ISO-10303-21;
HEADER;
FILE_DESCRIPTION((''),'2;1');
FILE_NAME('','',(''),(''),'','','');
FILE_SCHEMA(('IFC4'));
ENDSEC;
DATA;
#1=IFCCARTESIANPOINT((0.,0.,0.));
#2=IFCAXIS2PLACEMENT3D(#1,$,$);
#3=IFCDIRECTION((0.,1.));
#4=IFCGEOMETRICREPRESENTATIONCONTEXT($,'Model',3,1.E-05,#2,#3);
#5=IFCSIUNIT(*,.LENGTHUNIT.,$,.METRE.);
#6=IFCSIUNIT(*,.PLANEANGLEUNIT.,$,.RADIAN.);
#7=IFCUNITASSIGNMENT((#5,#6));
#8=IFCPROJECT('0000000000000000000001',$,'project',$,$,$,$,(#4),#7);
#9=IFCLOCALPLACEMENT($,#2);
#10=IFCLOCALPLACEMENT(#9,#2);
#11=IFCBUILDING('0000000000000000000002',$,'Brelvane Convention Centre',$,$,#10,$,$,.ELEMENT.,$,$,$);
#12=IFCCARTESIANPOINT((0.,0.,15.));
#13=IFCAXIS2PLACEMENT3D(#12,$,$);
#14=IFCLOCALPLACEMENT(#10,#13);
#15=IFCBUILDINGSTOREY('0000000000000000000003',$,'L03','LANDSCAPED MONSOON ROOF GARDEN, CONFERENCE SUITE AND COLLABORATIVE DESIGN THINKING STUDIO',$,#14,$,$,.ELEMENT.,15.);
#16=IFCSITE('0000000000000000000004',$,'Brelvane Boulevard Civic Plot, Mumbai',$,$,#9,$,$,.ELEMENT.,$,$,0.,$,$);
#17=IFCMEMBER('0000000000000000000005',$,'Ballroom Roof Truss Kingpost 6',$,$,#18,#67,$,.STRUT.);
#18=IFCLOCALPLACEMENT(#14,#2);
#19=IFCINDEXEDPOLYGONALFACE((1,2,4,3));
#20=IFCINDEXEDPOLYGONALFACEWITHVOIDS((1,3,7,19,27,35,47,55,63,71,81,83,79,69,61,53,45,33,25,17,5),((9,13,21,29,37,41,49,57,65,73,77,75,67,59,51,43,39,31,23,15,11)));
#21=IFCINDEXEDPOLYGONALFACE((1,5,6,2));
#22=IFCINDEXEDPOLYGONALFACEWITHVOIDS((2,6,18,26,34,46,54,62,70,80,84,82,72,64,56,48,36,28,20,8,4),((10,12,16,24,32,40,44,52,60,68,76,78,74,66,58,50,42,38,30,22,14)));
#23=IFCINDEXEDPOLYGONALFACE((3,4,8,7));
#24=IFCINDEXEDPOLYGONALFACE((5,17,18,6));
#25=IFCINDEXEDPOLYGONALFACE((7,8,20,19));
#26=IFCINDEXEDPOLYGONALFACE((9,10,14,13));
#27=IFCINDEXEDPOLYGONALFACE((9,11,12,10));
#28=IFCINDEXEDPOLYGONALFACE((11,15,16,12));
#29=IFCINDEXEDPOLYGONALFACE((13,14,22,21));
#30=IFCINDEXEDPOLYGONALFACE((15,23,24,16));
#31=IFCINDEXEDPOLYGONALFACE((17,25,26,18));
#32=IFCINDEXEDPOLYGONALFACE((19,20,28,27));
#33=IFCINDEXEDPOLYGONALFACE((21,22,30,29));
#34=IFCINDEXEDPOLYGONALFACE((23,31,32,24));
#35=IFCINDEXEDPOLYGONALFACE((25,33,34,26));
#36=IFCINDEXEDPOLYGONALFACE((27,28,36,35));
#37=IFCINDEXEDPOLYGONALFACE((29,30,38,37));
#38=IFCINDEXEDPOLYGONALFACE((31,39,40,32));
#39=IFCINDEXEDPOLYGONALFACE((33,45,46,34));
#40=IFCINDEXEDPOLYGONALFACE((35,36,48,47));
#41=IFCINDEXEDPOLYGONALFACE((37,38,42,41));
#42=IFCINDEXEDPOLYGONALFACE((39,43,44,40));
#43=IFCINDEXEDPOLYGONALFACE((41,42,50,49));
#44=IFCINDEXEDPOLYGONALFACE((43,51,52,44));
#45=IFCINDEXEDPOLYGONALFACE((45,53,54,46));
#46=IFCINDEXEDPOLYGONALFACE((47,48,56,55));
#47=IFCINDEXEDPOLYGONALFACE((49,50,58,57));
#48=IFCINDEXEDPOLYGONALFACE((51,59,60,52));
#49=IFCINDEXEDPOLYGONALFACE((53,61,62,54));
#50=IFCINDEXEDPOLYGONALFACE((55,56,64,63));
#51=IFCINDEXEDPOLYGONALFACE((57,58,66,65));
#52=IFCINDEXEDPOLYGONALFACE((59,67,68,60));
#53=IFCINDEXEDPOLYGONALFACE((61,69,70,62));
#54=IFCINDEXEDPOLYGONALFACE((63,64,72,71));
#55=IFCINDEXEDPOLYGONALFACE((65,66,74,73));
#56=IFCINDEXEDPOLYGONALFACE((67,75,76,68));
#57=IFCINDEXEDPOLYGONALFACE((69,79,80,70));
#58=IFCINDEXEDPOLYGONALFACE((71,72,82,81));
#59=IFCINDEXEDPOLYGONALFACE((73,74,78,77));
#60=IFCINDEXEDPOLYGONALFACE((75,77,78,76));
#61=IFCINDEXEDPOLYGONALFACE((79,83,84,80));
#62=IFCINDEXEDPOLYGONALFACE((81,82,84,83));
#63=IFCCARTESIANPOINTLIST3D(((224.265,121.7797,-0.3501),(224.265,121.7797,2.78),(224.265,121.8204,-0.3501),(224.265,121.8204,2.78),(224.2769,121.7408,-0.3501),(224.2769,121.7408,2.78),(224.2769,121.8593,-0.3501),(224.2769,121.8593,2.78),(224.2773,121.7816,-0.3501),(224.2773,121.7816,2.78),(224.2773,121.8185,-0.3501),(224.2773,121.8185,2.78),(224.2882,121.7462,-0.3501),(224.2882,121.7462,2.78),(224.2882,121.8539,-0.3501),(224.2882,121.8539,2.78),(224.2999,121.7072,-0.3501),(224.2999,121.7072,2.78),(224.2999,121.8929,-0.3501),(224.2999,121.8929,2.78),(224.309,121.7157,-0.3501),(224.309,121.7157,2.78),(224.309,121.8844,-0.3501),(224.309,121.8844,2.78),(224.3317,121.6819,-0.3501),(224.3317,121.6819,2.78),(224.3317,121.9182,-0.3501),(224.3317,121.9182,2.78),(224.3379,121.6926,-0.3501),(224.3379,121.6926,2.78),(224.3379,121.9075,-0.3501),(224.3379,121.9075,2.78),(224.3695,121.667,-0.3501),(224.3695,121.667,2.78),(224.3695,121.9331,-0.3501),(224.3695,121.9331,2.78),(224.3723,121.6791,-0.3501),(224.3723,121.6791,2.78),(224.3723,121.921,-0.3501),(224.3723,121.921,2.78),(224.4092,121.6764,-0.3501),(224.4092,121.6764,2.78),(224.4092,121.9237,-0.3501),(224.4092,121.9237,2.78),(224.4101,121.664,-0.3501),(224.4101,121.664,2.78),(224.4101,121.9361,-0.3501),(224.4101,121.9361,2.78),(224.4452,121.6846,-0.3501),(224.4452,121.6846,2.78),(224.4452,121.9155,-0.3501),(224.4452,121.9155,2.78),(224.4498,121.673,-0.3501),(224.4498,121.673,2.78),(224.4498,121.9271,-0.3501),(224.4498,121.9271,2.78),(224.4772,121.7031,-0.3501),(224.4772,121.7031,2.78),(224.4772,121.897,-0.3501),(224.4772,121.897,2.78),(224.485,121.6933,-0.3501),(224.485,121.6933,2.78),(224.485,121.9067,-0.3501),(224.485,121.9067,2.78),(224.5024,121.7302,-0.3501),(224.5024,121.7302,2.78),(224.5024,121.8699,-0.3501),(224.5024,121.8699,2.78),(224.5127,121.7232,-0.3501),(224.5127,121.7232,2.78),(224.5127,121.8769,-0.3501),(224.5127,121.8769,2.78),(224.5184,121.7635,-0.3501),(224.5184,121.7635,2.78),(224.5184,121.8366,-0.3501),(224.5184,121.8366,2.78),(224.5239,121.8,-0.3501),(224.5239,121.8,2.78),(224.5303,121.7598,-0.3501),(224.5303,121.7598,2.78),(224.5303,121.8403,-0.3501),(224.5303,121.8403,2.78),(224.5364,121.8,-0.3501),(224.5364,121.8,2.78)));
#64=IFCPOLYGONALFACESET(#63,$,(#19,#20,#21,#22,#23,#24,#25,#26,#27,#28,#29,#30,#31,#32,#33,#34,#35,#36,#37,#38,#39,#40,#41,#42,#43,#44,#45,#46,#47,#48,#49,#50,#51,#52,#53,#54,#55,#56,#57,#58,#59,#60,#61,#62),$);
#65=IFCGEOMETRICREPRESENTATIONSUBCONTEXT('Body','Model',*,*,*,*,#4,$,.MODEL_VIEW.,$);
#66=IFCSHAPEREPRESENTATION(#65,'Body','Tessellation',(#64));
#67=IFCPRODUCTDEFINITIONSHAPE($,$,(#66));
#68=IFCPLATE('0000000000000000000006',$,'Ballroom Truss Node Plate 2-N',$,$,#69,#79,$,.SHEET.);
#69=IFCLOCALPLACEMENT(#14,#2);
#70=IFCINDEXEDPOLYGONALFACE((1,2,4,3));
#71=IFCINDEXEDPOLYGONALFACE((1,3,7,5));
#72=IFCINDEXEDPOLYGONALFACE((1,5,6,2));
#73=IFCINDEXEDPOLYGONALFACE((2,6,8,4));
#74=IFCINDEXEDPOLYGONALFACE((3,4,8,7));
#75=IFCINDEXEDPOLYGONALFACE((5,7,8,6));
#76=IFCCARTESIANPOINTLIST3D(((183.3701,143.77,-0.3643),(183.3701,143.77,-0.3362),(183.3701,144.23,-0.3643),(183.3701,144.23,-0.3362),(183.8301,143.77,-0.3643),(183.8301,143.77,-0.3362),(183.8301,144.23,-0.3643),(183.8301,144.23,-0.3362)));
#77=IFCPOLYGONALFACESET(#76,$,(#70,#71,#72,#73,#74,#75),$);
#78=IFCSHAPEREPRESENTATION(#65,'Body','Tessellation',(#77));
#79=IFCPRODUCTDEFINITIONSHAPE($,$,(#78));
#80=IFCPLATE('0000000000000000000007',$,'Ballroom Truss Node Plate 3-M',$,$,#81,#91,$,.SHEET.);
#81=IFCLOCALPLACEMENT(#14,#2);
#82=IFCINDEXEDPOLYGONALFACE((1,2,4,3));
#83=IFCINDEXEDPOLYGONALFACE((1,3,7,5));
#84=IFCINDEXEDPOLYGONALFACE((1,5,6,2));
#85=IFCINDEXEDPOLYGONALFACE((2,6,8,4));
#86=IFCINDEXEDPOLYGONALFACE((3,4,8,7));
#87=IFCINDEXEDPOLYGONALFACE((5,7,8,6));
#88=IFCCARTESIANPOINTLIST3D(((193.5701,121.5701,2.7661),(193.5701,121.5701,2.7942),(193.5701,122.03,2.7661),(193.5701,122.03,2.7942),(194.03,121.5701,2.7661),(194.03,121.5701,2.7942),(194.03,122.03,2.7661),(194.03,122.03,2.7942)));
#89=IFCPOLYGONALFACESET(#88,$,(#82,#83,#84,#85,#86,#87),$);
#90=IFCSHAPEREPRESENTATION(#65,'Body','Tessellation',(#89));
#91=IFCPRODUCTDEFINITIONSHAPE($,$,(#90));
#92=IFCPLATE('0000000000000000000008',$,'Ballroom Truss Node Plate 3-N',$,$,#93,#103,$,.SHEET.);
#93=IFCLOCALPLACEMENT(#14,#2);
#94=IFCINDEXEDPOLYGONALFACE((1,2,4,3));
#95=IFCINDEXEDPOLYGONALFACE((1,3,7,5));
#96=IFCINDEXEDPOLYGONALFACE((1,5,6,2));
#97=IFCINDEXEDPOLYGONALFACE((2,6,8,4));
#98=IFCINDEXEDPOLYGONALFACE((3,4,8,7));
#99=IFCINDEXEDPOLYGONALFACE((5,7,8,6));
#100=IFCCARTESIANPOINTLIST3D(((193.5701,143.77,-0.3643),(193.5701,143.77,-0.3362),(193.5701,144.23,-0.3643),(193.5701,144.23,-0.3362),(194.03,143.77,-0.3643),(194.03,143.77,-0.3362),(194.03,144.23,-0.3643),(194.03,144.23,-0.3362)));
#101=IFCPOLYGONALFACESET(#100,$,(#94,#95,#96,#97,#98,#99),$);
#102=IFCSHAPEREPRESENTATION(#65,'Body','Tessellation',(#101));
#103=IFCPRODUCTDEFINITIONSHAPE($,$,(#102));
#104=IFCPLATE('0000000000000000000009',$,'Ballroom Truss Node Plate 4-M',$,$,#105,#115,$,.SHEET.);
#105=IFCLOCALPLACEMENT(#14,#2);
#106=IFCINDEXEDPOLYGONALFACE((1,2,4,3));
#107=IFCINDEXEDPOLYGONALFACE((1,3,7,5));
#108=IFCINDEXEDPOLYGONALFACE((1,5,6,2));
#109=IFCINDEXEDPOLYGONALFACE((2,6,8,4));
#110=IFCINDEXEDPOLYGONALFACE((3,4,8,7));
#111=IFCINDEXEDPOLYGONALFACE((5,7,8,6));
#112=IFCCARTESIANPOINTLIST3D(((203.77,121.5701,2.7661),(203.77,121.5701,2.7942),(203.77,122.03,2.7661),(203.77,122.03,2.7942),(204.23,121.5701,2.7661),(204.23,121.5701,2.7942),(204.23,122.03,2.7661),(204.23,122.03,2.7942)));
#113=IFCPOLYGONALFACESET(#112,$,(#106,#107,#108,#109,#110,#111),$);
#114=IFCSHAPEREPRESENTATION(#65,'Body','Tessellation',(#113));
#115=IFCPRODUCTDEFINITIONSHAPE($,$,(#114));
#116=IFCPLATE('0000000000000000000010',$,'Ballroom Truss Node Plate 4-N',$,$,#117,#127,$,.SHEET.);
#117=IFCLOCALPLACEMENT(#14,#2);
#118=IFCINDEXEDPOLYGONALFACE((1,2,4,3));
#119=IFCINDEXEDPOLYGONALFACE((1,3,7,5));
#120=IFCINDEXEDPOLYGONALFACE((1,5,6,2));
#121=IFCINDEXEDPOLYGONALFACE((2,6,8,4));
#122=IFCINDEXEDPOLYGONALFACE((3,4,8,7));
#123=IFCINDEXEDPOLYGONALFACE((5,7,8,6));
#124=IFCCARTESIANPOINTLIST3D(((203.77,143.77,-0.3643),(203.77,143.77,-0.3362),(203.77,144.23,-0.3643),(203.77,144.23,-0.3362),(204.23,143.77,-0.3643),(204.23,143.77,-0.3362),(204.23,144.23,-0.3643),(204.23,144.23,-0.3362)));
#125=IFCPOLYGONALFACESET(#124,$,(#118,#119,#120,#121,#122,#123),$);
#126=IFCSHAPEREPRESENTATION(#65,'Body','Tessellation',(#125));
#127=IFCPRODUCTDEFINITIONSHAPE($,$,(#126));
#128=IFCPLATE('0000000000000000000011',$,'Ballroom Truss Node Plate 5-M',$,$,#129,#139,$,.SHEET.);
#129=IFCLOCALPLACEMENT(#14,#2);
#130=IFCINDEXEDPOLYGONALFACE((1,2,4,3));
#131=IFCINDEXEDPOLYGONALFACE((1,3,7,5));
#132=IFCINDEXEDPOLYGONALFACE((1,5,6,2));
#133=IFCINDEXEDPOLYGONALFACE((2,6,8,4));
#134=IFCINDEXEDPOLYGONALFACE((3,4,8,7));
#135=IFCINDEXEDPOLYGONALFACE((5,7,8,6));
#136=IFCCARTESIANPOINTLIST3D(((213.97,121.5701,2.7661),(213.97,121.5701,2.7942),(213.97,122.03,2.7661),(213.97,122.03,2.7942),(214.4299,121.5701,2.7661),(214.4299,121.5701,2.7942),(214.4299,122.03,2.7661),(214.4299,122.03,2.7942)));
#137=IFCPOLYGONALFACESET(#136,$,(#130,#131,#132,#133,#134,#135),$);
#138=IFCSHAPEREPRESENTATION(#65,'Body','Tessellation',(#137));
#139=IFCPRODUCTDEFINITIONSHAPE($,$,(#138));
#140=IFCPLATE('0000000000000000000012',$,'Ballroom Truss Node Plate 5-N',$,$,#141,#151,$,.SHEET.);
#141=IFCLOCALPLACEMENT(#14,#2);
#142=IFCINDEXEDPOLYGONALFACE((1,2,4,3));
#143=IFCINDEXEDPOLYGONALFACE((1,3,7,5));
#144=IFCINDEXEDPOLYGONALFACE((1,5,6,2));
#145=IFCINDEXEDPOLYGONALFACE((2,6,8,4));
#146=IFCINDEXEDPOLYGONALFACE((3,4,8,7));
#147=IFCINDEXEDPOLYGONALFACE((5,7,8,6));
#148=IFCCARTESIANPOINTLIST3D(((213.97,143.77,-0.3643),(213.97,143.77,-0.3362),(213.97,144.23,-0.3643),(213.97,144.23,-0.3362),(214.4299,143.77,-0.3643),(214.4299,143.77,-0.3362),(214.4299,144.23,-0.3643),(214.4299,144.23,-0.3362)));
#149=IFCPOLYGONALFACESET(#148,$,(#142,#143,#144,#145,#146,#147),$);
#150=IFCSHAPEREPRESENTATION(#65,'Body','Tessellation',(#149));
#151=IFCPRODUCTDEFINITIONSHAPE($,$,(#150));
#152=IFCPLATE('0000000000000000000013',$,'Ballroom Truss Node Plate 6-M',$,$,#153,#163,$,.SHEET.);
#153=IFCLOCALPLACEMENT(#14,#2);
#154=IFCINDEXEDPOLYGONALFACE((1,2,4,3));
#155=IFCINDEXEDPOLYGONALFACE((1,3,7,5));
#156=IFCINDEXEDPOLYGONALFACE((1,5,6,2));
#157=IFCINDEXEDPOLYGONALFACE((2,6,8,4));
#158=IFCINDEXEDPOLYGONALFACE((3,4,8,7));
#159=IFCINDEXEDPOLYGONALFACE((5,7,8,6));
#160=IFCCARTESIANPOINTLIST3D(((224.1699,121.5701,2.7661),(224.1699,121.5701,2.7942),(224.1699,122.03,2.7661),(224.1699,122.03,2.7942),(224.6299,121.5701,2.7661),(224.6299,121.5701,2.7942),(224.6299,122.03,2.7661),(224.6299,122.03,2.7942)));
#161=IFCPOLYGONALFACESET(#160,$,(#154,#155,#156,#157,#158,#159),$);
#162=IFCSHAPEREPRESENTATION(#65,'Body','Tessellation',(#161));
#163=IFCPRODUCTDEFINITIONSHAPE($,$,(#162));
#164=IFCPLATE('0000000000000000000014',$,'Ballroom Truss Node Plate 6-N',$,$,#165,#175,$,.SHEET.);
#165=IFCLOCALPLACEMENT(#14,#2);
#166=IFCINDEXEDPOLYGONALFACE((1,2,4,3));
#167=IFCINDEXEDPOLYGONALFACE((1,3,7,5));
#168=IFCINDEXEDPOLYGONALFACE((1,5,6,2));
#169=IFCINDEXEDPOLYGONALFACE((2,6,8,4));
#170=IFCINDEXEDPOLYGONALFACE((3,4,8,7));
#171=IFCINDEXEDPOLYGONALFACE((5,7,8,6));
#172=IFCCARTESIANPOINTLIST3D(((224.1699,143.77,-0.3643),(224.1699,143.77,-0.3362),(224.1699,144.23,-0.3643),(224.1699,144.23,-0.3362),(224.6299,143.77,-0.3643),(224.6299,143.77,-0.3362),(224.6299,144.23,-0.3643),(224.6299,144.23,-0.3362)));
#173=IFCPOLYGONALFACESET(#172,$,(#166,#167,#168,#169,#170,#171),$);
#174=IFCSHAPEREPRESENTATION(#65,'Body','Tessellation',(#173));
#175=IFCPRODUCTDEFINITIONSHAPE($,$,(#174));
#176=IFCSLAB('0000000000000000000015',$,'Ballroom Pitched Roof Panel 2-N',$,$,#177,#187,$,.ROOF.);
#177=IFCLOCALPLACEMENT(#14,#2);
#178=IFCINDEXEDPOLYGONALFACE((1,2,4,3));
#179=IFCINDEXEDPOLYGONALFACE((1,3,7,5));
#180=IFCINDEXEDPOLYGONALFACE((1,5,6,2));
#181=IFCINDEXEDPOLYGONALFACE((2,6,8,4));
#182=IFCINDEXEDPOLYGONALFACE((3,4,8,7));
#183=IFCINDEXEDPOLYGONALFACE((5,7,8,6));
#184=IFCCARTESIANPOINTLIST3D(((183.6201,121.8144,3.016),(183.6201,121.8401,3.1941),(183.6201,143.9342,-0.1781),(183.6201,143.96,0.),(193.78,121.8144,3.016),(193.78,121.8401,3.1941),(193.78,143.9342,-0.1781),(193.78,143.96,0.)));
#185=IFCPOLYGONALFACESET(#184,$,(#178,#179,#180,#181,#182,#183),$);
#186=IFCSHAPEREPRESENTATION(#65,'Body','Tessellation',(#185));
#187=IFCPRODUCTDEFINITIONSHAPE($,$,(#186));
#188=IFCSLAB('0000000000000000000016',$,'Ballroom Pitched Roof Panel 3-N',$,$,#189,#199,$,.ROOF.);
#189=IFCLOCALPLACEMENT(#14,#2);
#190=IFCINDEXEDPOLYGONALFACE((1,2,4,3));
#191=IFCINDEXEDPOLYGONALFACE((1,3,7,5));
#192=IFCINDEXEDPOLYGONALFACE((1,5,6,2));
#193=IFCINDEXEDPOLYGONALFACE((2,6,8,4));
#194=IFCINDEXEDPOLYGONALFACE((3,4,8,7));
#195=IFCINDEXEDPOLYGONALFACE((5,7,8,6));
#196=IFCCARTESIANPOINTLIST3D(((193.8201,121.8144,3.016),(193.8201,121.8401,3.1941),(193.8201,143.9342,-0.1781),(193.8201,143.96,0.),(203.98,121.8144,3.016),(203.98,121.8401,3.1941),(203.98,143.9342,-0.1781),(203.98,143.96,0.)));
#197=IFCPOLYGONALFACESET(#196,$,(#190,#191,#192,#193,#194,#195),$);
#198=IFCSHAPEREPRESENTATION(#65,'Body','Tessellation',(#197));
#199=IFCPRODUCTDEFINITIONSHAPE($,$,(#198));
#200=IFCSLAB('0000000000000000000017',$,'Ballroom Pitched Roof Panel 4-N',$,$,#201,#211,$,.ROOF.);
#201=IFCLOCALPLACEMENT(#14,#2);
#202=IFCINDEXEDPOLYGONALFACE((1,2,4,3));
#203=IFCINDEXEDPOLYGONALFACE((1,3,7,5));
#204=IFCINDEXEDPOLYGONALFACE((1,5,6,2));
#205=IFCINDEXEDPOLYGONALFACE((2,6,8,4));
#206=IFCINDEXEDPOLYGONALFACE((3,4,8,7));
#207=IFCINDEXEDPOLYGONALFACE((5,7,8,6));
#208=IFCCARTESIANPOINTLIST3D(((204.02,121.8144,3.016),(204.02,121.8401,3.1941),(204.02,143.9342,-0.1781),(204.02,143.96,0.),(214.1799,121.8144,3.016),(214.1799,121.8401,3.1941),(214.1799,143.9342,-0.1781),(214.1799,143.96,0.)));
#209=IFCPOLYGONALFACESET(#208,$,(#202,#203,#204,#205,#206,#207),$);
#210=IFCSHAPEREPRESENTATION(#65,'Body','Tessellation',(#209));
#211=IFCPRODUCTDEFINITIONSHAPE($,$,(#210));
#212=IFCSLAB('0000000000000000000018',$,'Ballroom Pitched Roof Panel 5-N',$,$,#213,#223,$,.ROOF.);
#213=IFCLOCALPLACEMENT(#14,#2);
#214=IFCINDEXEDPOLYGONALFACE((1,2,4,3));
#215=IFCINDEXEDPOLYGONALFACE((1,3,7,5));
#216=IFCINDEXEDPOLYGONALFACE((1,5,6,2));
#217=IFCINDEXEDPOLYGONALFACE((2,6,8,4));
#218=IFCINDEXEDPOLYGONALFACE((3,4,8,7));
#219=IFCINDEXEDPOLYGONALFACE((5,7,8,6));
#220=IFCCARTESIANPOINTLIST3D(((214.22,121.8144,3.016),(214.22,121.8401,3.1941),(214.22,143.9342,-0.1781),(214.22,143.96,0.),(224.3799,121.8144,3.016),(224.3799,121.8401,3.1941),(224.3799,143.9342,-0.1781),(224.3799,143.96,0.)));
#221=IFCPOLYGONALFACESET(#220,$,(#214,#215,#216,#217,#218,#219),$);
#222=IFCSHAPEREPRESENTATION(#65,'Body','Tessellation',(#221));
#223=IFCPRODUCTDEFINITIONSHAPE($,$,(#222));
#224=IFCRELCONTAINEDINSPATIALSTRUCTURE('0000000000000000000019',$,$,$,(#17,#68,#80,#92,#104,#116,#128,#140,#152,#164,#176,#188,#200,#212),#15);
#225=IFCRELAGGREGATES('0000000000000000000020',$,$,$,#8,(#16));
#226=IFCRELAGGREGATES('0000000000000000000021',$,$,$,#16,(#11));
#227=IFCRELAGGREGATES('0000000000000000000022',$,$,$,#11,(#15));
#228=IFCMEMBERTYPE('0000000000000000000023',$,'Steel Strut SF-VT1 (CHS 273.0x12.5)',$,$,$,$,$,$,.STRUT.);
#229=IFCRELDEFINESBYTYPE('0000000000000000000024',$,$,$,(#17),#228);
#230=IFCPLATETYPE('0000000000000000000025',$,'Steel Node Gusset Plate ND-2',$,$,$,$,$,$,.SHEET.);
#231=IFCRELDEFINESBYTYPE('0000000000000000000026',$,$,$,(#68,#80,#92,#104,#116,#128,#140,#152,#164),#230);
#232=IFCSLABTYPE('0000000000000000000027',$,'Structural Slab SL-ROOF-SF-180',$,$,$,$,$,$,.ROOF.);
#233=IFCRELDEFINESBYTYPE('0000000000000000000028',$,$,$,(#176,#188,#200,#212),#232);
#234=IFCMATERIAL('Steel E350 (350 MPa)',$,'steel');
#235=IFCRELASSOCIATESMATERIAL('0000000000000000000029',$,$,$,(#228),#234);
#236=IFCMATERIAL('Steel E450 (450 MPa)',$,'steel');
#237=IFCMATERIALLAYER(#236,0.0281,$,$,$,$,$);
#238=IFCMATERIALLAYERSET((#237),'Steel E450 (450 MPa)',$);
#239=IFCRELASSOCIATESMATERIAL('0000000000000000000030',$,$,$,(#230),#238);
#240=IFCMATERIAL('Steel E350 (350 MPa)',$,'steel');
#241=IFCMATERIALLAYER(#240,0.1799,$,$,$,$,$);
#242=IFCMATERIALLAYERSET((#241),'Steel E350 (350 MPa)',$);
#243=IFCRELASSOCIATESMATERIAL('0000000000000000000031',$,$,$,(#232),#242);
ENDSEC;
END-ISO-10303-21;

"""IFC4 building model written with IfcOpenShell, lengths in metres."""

from ifc_helpers import new_model, si_unit, direction, frame, origin, origin_2d, place, context, subcontext, project, spatial, polyline, rectangle, hollow_circle, outline, extrude, material, layer, layer_set, material_profile, profile_set, type_object, element, save


model = new_model("IFC4")

# Units and contexts
model_context = context("Model", 3, precision=1e-05, world=origin(), true_north=direction((0.0, 1.0)))
body_context = subcontext(model_context, "Body", "Model", "MODEL_VIEW")
ifc_project = project(units=[si_unit("LENGTHUNIT", "METRE"), si_unit("PLANEANGLEUNIT", "RADIAN")], contexts=[model_context])

# Site, building, storey
site_placement = place(None, origin())
site = spatial("IfcSite", under=ifc_project, at=site_placement, Name="Brelvane Boulevard Civic Plot, Mumbai", CompositionType="ELEMENT", RefElevation=0.0)
building_placement = place(site_placement, origin())
building = spatial("IfcBuilding", under=site, at=building_placement, Name="Brelvane Convention Centre", CompositionType="ELEMENT")
storey_placement = place(building_placement, frame((0.0, 0.0, 15.0)))
storey = spatial("IfcBuildingStorey", under=building, at=storey_placement, Name="L03", Description="LANDSCAPED MONSOON ROOF GARDEN, CONFERENCE SUITE AND COLLABORATIVE DESIGN THINKING STUDIO", CompositionType="ELEMENT", Elevation=15.0)

# Member
ifc_material_1 = material(Name="Steel E350 (350 MPa)", Category="steel")
ifc_material_profile_1 = material_profile(ifc_material_1, hollow_circle(Radius=0.1365, WallThickness=0.0125, at=origin_2d()), Name="CHS 273.0x12.5")
ifc_profile_set_1 = profile_set([ifc_material_profile_1], Name="Steel E350 (350 MPa)")
member_type_1 = type_object("IfcMemberType", Name="Steel Strut SF-VT1 (CHS 273.0x12.5)", PredefinedType="STRUT", material=ifc_profile_set_1)
for number, where, z_axis, x_axis, name in (
    (1, (224.3999, 121.8, -0.3501), (0.0, 0.0, 1.0), (1.0, 0.0, 0.0), "Ballroom Roof Truss Kingpost 6"),
):
    element("IfcMember", number, at=place(storey_placement, frame(where, z_axis=z_axis, x_axis=x_axis)), inside=storey, type_object=member_type_1, Name=name, PredefinedType="STRUT", context=body_context, shape_type="SweptSolid", body=[
        extrude(hollow_circle(Radius=0.1365, WallThickness=0.0125, at=origin_2d()), origin(), (0.0, 0.0, 1.0), 3.1301),
    ])

# Plates
ifc_material_2 = material(Name="Steel E450 (450 MPa)", Category="steel")
ifc_layer_1 = layer(ifc_material_2, 0.0281)
ifc_layer_set_1 = layer_set([ifc_layer_1], Name="Steel E450 (450 MPa)")
plate_type = type_object("IfcPlateType", Name="Steel Node Gusset Plate ND-2", PredefinedType="SHEET", material=ifc_layer_set_1)
for number, where, z_axis, x_axis, name in (
    (2, (183.6001, 144.0, -0.3643), (0.0, 0.0, 1.0), (1.0, 0.0, 0.0), "Ballroom Truss Node Plate 2-N"),
    (3, (193.8, 121.8, 2.7661), (0.0, 0.0, 1.0), (1.0, 0.0, 0.0), "Ballroom Truss Node Plate 3-M"),
    (4, (193.8, 144.0, -0.3643), (0.0, 0.0, 1.0), (1.0, 0.0, 0.0), "Ballroom Truss Node Plate 3-N"),
    (5, (204.0, 121.8, 2.7661), (0.0, 0.0, 1.0), (1.0, 0.0, 0.0), "Ballroom Truss Node Plate 4-M"),
    (6, (204.0, 144.0, -0.3643), (0.0, 0.0, 1.0), (1.0, 0.0, 0.0), "Ballroom Truss Node Plate 4-N"),
    (7, (214.2, 121.8, 2.7661), (0.0, 0.0, 1.0), (1.0, 0.0, 0.0), "Ballroom Truss Node Plate 5-M"),
    (8, (214.2, 144.0, -0.3643), (0.0, 0.0, 1.0), (1.0, 0.0, 0.0), "Ballroom Truss Node Plate 5-N"),
    (9, (224.3999, 121.8, 2.7661), (0.0, 0.0, 1.0), (1.0, 0.0, 0.0), "Ballroom Truss Node Plate 6-M"),
    (10, (224.3999, 144.0, -0.3643), (0.0, 0.0, 1.0), (1.0, 0.0, 0.0), "Ballroom Truss Node Plate 6-N"),
):
    element("IfcPlate", number, at=place(storey_placement, frame(where, z_axis=z_axis, x_axis=x_axis)), inside=storey, type_object=plate_type, Name=name, PredefinedType="SHEET", context=body_context, shape_type="SweptSolid", body=[
        extrude(rectangle(XDim=0.46, YDim=0.46, at=origin_2d()), origin(), (0.0, 0.0, 1.0), 0.0281),
    ])

# Slabs
ifc_material_3 = material(Name="Steel E350 (350 MPa)", Category="steel")
ifc_layer_2 = layer(ifc_material_3, 0.1799)
ifc_layer_set_2 = layer_set([ifc_layer_2], Name="Steel E350 (350 MPa)")
slab_type = type_object("IfcSlabType", Name="Structural Slab SL-ROOF-SF-180", PredefinedType="ROOF", material=ifc_layer_set_2)
for number, where, z_axis, x_axis, name in (
    (11, (183.6201, 121.8401, 3.1941), (0.0, 0.142917, 0.989735), (1.0, 0.0, 0.0), "Ballroom Pitched Roof Panel 2-N"),
    (12, (193.8201, 121.8401, 3.1941), (0.0, 0.142917, 0.989735), (1.0, 0.0, 0.0), "Ballroom Pitched Roof Panel 3-N"),
    (13, (204.02, 121.8401, 3.1941), (0.0, 0.142917, 0.989735), (1.0, 0.0, 0.0), "Ballroom Pitched Roof Panel 4-N"),
    (14, (214.22, 121.8401, 3.1941), (0.0, 0.142917, 0.989735), (1.0, 0.0, 0.0), "Ballroom Pitched Roof Panel 5-N"),
):
    element("IfcSlab", number, at=place(storey_placement, frame(where, z_axis=z_axis, x_axis=x_axis)), inside=storey, type_object=slab_type, Name=name, PredefinedType="ROOF", context=body_context, shape_type="SweptSolid", body=[
        extrude(outline(polyline([(0.0, 0.0), (10.1599, 0.0), (10.1599, 22.3493), (0.0, 22.3493), (0.0, 0.0)])), origin(), (0.0, 0.0, -1.0), 0.1799),
    ])

save(model, "model.ifc")
